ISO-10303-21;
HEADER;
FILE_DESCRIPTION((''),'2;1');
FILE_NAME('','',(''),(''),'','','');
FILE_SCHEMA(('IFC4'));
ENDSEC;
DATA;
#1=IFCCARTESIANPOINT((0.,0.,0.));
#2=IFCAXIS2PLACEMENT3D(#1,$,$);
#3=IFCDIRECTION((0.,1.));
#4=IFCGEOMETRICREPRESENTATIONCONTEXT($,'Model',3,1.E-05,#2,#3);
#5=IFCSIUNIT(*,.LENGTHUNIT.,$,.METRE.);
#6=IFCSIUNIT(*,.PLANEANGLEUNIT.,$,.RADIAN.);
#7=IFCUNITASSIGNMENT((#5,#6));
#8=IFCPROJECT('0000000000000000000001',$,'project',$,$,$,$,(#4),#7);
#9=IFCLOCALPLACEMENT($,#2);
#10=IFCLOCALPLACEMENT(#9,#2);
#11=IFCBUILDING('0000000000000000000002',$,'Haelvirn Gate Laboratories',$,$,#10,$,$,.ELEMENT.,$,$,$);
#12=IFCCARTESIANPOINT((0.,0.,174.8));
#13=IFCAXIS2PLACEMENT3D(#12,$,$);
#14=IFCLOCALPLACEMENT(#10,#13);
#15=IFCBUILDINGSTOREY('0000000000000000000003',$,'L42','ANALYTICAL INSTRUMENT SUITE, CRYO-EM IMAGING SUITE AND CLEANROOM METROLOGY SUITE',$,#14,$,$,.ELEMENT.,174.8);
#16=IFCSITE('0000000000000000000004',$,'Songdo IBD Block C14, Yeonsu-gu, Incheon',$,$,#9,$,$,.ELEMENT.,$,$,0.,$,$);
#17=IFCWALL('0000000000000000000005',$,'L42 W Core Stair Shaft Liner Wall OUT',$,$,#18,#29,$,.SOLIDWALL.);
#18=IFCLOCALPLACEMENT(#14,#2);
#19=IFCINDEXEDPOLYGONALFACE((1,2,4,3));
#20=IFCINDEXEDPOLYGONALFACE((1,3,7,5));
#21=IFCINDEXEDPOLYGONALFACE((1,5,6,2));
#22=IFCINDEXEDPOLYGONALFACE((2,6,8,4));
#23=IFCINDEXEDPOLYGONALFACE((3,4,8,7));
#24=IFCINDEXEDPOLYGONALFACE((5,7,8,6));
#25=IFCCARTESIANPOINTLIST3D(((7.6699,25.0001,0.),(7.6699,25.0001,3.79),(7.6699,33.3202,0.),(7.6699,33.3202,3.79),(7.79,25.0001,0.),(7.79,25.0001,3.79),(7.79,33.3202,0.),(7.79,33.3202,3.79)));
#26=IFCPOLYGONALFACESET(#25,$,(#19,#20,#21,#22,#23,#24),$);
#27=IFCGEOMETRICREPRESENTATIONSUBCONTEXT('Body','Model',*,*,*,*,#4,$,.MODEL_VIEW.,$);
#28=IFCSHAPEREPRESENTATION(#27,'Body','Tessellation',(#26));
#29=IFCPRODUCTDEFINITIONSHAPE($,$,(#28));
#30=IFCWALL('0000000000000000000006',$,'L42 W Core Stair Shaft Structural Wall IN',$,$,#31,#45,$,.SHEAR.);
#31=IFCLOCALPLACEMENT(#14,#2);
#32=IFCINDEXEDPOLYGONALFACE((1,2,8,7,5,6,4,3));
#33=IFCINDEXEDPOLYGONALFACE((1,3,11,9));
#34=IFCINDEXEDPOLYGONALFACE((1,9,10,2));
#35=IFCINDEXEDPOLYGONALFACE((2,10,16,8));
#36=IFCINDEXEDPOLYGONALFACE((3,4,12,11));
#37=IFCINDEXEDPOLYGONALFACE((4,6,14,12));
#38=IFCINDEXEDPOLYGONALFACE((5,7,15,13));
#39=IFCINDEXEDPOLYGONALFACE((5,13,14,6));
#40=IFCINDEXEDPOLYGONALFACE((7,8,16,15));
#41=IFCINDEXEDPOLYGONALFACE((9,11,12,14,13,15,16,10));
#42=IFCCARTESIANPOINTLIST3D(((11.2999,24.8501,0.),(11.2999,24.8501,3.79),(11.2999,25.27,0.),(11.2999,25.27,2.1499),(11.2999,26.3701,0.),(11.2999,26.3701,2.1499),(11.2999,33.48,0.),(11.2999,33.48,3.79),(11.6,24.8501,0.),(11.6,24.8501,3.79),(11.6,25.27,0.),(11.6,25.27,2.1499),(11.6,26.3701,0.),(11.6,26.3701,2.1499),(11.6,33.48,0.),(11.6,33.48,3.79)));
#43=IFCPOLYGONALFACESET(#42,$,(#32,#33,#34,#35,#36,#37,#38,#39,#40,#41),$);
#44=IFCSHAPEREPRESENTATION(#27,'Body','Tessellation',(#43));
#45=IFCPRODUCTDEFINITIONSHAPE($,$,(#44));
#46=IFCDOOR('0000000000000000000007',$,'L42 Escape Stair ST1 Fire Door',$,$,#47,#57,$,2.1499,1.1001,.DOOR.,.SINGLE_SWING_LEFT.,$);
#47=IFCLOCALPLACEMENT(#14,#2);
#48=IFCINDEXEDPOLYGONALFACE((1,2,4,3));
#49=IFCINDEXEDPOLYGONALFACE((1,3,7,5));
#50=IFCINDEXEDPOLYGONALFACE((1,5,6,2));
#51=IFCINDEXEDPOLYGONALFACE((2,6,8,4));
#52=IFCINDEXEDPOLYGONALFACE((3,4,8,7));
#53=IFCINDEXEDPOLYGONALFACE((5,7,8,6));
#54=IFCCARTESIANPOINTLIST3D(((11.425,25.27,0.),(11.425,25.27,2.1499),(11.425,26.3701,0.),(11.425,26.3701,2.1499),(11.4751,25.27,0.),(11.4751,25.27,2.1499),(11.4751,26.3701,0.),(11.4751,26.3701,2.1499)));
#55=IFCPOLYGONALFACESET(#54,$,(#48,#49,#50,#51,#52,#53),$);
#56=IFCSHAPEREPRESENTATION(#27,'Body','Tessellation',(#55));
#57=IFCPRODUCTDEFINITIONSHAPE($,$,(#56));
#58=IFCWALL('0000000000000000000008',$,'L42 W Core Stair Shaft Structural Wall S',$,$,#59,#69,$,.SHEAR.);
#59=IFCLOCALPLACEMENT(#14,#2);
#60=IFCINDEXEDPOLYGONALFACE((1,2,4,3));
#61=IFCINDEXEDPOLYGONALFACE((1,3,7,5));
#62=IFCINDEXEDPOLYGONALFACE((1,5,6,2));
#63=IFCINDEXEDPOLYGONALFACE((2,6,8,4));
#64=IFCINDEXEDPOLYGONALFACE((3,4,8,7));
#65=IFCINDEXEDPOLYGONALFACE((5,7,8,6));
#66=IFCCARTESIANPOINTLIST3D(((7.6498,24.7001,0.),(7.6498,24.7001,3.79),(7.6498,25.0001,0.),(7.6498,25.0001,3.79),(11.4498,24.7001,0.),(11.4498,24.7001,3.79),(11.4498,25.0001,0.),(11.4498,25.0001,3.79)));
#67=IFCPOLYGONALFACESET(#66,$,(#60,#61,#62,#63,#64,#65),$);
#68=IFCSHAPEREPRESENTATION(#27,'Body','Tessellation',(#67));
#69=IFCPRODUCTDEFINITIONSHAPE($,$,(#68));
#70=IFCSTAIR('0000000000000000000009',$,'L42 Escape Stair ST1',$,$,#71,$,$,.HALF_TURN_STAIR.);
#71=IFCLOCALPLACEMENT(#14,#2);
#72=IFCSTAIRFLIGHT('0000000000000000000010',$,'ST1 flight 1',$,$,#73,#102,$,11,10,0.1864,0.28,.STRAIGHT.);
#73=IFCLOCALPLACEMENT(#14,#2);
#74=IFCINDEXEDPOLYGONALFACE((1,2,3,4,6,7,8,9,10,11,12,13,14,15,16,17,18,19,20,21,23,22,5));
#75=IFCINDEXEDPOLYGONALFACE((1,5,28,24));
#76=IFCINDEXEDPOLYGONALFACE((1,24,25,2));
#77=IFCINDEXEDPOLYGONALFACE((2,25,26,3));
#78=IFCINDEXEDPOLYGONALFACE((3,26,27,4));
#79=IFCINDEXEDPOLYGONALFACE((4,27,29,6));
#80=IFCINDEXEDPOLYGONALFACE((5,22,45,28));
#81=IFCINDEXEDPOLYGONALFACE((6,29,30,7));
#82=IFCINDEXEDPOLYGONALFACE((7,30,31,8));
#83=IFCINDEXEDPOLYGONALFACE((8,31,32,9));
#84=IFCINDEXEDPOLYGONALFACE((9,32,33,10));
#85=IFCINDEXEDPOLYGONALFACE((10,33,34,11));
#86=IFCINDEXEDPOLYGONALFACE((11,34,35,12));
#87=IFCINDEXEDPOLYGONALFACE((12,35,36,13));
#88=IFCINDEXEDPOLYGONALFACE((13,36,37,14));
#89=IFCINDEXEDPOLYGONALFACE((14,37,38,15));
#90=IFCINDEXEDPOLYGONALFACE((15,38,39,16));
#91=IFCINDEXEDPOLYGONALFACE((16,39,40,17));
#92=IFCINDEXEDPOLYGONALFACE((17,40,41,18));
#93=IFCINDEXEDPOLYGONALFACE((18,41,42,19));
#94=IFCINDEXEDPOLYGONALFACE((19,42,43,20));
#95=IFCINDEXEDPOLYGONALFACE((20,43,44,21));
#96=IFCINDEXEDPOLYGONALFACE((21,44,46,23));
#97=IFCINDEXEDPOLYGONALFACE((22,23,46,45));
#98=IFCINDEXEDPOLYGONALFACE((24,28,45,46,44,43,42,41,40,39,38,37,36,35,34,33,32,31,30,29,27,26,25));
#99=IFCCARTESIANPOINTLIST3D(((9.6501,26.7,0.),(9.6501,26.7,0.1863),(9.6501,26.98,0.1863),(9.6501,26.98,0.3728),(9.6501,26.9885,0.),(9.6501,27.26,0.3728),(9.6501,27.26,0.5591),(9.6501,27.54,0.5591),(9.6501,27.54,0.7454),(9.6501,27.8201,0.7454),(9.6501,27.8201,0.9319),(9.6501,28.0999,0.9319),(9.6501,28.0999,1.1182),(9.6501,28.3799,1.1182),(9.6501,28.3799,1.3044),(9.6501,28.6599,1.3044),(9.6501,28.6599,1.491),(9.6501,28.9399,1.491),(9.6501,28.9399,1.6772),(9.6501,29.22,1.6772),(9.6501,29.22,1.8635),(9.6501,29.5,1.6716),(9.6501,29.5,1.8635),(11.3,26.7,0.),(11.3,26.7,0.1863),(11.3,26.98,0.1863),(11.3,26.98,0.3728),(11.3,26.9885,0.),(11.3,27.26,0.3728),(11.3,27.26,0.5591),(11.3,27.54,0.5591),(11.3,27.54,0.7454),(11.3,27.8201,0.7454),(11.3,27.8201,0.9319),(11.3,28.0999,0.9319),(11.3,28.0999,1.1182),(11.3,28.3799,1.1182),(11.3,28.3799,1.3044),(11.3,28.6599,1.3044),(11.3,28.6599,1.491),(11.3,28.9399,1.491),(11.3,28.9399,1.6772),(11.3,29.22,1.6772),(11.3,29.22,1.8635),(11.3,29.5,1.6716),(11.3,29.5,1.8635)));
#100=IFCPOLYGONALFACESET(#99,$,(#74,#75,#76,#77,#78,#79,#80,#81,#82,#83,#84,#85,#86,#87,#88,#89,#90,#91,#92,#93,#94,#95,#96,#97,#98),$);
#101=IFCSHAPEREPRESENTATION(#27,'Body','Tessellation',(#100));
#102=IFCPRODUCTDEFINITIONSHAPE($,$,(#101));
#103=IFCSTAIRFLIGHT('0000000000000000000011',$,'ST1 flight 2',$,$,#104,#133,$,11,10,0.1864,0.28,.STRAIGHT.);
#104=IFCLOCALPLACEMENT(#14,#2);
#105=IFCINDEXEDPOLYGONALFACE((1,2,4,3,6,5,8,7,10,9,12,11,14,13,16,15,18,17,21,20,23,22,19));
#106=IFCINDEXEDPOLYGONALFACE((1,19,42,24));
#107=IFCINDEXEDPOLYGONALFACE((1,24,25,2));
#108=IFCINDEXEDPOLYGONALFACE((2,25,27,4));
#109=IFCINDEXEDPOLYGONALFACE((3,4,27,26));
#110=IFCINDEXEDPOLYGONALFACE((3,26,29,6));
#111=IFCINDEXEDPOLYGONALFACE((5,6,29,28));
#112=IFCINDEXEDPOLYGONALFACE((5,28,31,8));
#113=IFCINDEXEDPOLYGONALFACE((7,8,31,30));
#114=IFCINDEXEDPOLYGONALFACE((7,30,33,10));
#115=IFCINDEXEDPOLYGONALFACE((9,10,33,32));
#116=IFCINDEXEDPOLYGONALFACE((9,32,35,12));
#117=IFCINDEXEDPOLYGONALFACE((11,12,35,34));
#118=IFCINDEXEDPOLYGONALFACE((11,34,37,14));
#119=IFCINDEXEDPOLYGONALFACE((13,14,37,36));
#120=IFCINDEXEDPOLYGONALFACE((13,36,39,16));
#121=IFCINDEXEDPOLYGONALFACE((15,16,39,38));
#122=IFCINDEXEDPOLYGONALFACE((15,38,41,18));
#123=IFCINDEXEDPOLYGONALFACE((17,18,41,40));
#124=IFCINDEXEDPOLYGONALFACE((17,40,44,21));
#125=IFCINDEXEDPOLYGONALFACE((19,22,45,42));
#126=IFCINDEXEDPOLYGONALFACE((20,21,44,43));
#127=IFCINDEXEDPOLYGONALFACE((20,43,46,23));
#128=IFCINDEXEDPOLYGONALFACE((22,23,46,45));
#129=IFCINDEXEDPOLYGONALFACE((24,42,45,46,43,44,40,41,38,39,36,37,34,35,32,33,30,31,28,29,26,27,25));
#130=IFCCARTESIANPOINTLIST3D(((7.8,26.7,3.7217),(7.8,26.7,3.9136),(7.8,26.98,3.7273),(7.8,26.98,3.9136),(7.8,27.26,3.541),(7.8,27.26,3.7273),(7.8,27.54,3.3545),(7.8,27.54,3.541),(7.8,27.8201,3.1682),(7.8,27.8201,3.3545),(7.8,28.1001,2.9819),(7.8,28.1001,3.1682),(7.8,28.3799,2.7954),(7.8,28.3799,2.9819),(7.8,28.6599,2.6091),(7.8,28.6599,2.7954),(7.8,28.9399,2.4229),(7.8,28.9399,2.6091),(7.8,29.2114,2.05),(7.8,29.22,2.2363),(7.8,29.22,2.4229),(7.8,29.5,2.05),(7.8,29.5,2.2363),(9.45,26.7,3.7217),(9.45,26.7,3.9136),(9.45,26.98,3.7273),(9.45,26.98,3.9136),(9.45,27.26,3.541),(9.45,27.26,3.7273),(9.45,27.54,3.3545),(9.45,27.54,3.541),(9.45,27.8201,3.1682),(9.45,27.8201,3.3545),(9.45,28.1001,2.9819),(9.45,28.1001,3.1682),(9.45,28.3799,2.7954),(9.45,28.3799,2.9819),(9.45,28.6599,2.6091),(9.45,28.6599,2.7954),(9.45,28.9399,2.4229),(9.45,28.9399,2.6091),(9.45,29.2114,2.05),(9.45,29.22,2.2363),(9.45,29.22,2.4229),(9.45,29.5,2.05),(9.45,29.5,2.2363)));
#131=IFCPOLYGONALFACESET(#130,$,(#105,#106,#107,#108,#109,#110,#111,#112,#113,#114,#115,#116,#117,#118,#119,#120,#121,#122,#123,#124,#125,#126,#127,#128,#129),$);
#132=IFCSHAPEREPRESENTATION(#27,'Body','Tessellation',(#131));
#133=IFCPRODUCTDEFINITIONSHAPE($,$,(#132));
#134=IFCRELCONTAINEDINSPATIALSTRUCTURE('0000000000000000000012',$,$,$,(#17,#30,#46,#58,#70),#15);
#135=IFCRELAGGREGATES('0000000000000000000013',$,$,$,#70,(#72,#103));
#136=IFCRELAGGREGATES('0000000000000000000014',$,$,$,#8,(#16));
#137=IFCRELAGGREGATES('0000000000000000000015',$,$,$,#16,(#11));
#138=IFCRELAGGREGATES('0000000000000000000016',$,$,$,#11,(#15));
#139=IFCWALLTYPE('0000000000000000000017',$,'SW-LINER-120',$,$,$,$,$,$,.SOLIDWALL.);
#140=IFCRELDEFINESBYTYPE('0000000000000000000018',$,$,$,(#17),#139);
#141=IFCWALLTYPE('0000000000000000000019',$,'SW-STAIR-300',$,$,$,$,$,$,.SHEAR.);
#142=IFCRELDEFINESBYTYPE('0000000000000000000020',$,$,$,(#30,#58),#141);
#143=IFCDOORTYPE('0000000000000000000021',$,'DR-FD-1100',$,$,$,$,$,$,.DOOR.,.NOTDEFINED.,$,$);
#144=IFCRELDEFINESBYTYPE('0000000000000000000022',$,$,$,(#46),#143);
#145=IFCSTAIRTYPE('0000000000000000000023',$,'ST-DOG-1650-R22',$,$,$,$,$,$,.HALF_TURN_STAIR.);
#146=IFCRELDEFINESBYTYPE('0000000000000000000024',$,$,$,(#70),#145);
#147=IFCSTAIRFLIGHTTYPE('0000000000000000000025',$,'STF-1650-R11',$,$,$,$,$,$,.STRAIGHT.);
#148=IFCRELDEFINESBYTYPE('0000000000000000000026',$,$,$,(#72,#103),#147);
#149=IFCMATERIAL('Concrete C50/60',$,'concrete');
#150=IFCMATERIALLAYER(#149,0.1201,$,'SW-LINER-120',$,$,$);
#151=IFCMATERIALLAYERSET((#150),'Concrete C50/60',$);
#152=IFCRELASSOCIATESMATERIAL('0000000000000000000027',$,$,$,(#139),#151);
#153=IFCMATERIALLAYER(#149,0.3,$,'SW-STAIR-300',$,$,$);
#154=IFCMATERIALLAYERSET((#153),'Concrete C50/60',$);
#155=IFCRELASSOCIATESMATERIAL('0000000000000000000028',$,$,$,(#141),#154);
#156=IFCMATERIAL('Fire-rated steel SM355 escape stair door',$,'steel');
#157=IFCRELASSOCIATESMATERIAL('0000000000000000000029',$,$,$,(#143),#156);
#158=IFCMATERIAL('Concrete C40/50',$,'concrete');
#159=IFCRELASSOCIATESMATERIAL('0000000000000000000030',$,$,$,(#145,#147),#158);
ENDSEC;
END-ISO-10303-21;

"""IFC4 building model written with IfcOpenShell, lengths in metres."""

from ifc_helpers import new_model, si_unit, direction, frame, frame_2d, origin, place, context, subcontext, project, spatial, polyline, rectangle, outline, extrude, source, transform, mapped, material, layer, layer_set, type_object, type_shapes, element, fill, aggregate, save


model = new_model("IFC4")

# Units and contexts
model_context = context("Model", 3, precision=1e-05, world=origin(), true_north=direction((0.0, 1.0)))
body_context = subcontext(model_context, "Body", "Model", "MODEL_VIEW")
ifc_project = project(units=[si_unit("LENGTHUNIT", "METRE"), si_unit("PLANEANGLEUNIT", "RADIAN")], contexts=[model_context])

# Site, building, storey
site_placement = place(None, origin())
site = spatial("IfcSite", under=ifc_project, at=site_placement, Name="Songdo IBD Block C14, Yeonsu-gu, Incheon", CompositionType="ELEMENT", RefElevation=0.0)
building_placement = place(site_placement, origin())
building = spatial("IfcBuilding", under=site, at=building_placement, Name="Haelvirn Gate Laboratories", CompositionType="ELEMENT")
storey_placement = place(building_placement, frame((0.0, 0.0, 174.8)))
storey = spatial("IfcBuildingStorey", under=building, at=storey_placement, Name="L42", Description="ANALYTICAL INSTRUMENT SUITE, CRYO-EM IMAGING SUITE AND CLEANROOM METROLOGY SUITE", CompositionType="ELEMENT", Elevation=174.8)

# Shared definitions
ifc_material_1 = material(Name="Concrete C50/60", Category="concrete")

# Wall
ifc_layer_1 = layer(ifc_material_1, 0.1201, Name="SW-LINER-120")
ifc_layer_set_1 = layer_set([ifc_layer_1], Name="Concrete C50/60")
wall_type_1 = type_object("IfcWallType", Name="SW-LINER-120", PredefinedType="SOLIDWALL", material=ifc_layer_set_1)
wall_1_placement = place(storey_placement, frame((7.73, 25.0, 0.0), z_axis=(0.0, 0.0, 1.0), x_axis=(0.0, 1.0, 0.0)))
element("IfcWall", 1, at=wall_1_placement, inside=storey, type_object=wall_type_1, Name="L42 W Core Stair Shaft Liner Wall OUT", PredefinedType="SOLIDWALL", context=body_context, shape_type="SweptSolid", body=[
    extrude(rectangle(XDim=8.3201, YDim=0.1201, at=frame_2d((4.1602, 0.0))), origin(), (0.0, 0.0, 1.0), 3.79),
])

# Wall, opening, door
ifc_layer_2 = layer(ifc_material_1, 0.3, Name="SW-STAIR-300")
ifc_layer_set_2 = layer_set([ifc_layer_2], Name="Concrete C50/60")
wall_type_2 = type_object("IfcWallType", Name="SW-STAIR-300", PredefinedType="SHEAR", material=ifc_layer_set_2)
wall_2_placement = place(storey_placement, frame((11.45, 24.8501, 0.0), z_axis=(0.0, 0.0, 1.0), x_axis=(0.0, 1.0, 0.0)))
wall_2 = element("IfcWall", 2, at=wall_2_placement, inside=storey, type_object=wall_type_2, Name="L42 W Core Stair Shaft Structural Wall IN", PredefinedType="SHEAR", context=body_context, shape_type="SweptSolid", body=[
    extrude(rectangle(XDim=8.6299, YDim=0.3, at=frame_2d((4.3149, 0.0))), origin(), (0.0, 0.0, 1.0), 3.79),
])
opening_1_placement = place(wall_2_placement, frame((0.4199, 0.0, 0.0)))
opening_1 = element("IfcOpeningElement", 3, at=opening_1_placement, cuts=wall_2, PredefinedType="OPENING", context=body_context, shape_type="SweptSolid", body=[
    extrude(rectangle(XDim=1.1001, YDim=2.1499, at=frame_2d((0.55, 1.075))), frame((0.0, 0.1602, 0.0), z_axis=(0.0, -1.0, 0.0), x_axis=(1.0, 0.0, 0.0)), (0.0, 0.0, 1.0), 0.3201),
])
ifc_material_2 = material(Name="Fire-rated steel SM355 escape stair door", Category="steel")
door_type_1 = type_object("IfcDoorType", Name="DR-FD-1100", OperationType="NOTDEFINED", PredefinedType="DOOR", material=ifc_material_2)
shared_shape_1 = source(origin(), body_context, "Body", "SweptSolid", [
    extrude(rectangle(XDim=1.1001, YDim=2.1499, at=frame_2d((0.55, 1.075))), frame((0.0, 0.0249, 0.0), z_axis=(0.0, -1.0, 0.0), x_axis=(1.0, 0.0, 0.0)), (0.0, 0.0, 1.0), 0.05),
])
type_shapes(door_type_1, [shared_shape_1])
door_1_placement = place(opening_1_placement, origin())
door_1 = element("IfcDoor", 4, at=door_1_placement, inside=storey, type_object=door_type_1, Name="L42 Escape Stair ST1 Fire Door", OperationType="SINGLE_SWING_LEFT", OverallHeight=2.1499, OverallWidth=1.1001, PredefinedType="DOOR", context=body_context, shape_type="MappedRepresentation", body=[
    mapped(shared_shape_1, transform((0.0, 0.0, 0.0), scale=1.0)),
])
fill(opening_1, door_1)

# Wall
wall_3_placement = place(storey_placement, frame((7.6499, 24.8501, 0.0), z_axis=(0.0, 0.0, 1.0), x_axis=(1.0, 0.0, 0.0)))
element("IfcWall", 5, at=wall_3_placement, inside=storey, type_object=wall_type_2, Name="L42 W Core Stair Shaft Structural Wall S", PredefinedType="SHEAR", context=body_context, shape_type="SweptSolid", body=[
    extrude(rectangle(XDim=3.8, YDim=0.3, at=frame_2d((1.8999, 0.0))), origin(), (0.0, 0.0, 1.0), 3.79),
])

# Stair, stair flights
ifc_material_3 = material(Name="Concrete C40/50", Category="concrete")
stair_type = type_object("IfcStairType", Name="ST-DOG-1650-R22", PredefinedType="HALF_TURN_STAIR", material=ifc_material_3)
stair_placement = place(storey_placement, origin())
stair = element("IfcStair", 6, at=stair_placement, inside=storey, type_object=stair_type, Name="L42 Escape Stair ST1", PredefinedType="HALF_TURN_STAIR")
stair_flight_type = type_object("IfcStairFlightType", Name="STF-1650-R11", PredefinedType="STRAIGHT", material=ifc_material_3)
shared_shape_2 = source(origin(), body_context, "Body", "SweptSolid", [
    extrude(outline(polyline([(0.0, 0.0), (0.0, 0.1863), (0.28, 0.1863), (0.28, 0.3728), (0.5601, 0.3728), (0.5601, 0.5591), (0.8401, 0.5591), (0.8401, 0.7454), (1.1201, 0.7454), (1.1201, 0.9319), (1.3999, 0.9319), (1.3999, 1.1182), (1.6799, 1.1182), (1.6799, 1.3044), (1.96, 1.3044), (1.96, 1.491), (2.24, 1.491), (2.24, 1.6772), (2.52, 1.6772), (2.52, 1.8635), (2.8, 1.8635), (2.8, 2.05), (2.8, 1.6716), (0.2886, 0.0), (0.0, 0.0)])), frame((0.0, 0.825, 0.0), z_axis=(0.0, -1.0, 0.0), x_axis=(1.0, 0.0, 0.0)), (0.0, 0.0, 1.0), 1.6499),
])
type_shapes(stair_flight_type, [shared_shape_2])
stair_flight_1_placement = place(storey_placement, frame((10.4751, 26.7, 0.0), z_axis=(0.0, 0.0, 1.0), x_axis=(0.0, 1.0, 0.0)))
stair_flight_1 = element("IfcStairFlight", 7, at=stair_flight_1_placement, type_object=stair_flight_type, Name="ST1 flight 1", NumberOfRisers=11, NumberOfTreads=10, PredefinedType="STRAIGHT", RiserHeight=0.1864, TreadLength=0.28, context=body_context, shape_type="MappedRepresentation", body=[
    mapped(shared_shape_2, transform((0.0, 0.0, 0.0), scale=1.0)),
])
stair_flight_2_placement = place(storey_placement, frame((8.625, 29.5, 2.05), z_axis=(0.0, 0.0, 1.0), x_axis=(0.0, -1.0, 0.0)))
stair_flight_2 = element("IfcStairFlight", 8, at=stair_flight_2_placement, type_object=stair_flight_type, Name="ST1 flight 2", NumberOfRisers=11, NumberOfTreads=10, PredefinedType="STRAIGHT", RiserHeight=0.1864, TreadLength=0.28, context=body_context, shape_type="MappedRepresentation", body=[
    mapped(shared_shape_2, transform((0.0, 0.0, 0.0), scale=1.0)),
])
aggregate(stair, [stair_flight_1, stair_flight_2])

save(model, "model.ifc")
